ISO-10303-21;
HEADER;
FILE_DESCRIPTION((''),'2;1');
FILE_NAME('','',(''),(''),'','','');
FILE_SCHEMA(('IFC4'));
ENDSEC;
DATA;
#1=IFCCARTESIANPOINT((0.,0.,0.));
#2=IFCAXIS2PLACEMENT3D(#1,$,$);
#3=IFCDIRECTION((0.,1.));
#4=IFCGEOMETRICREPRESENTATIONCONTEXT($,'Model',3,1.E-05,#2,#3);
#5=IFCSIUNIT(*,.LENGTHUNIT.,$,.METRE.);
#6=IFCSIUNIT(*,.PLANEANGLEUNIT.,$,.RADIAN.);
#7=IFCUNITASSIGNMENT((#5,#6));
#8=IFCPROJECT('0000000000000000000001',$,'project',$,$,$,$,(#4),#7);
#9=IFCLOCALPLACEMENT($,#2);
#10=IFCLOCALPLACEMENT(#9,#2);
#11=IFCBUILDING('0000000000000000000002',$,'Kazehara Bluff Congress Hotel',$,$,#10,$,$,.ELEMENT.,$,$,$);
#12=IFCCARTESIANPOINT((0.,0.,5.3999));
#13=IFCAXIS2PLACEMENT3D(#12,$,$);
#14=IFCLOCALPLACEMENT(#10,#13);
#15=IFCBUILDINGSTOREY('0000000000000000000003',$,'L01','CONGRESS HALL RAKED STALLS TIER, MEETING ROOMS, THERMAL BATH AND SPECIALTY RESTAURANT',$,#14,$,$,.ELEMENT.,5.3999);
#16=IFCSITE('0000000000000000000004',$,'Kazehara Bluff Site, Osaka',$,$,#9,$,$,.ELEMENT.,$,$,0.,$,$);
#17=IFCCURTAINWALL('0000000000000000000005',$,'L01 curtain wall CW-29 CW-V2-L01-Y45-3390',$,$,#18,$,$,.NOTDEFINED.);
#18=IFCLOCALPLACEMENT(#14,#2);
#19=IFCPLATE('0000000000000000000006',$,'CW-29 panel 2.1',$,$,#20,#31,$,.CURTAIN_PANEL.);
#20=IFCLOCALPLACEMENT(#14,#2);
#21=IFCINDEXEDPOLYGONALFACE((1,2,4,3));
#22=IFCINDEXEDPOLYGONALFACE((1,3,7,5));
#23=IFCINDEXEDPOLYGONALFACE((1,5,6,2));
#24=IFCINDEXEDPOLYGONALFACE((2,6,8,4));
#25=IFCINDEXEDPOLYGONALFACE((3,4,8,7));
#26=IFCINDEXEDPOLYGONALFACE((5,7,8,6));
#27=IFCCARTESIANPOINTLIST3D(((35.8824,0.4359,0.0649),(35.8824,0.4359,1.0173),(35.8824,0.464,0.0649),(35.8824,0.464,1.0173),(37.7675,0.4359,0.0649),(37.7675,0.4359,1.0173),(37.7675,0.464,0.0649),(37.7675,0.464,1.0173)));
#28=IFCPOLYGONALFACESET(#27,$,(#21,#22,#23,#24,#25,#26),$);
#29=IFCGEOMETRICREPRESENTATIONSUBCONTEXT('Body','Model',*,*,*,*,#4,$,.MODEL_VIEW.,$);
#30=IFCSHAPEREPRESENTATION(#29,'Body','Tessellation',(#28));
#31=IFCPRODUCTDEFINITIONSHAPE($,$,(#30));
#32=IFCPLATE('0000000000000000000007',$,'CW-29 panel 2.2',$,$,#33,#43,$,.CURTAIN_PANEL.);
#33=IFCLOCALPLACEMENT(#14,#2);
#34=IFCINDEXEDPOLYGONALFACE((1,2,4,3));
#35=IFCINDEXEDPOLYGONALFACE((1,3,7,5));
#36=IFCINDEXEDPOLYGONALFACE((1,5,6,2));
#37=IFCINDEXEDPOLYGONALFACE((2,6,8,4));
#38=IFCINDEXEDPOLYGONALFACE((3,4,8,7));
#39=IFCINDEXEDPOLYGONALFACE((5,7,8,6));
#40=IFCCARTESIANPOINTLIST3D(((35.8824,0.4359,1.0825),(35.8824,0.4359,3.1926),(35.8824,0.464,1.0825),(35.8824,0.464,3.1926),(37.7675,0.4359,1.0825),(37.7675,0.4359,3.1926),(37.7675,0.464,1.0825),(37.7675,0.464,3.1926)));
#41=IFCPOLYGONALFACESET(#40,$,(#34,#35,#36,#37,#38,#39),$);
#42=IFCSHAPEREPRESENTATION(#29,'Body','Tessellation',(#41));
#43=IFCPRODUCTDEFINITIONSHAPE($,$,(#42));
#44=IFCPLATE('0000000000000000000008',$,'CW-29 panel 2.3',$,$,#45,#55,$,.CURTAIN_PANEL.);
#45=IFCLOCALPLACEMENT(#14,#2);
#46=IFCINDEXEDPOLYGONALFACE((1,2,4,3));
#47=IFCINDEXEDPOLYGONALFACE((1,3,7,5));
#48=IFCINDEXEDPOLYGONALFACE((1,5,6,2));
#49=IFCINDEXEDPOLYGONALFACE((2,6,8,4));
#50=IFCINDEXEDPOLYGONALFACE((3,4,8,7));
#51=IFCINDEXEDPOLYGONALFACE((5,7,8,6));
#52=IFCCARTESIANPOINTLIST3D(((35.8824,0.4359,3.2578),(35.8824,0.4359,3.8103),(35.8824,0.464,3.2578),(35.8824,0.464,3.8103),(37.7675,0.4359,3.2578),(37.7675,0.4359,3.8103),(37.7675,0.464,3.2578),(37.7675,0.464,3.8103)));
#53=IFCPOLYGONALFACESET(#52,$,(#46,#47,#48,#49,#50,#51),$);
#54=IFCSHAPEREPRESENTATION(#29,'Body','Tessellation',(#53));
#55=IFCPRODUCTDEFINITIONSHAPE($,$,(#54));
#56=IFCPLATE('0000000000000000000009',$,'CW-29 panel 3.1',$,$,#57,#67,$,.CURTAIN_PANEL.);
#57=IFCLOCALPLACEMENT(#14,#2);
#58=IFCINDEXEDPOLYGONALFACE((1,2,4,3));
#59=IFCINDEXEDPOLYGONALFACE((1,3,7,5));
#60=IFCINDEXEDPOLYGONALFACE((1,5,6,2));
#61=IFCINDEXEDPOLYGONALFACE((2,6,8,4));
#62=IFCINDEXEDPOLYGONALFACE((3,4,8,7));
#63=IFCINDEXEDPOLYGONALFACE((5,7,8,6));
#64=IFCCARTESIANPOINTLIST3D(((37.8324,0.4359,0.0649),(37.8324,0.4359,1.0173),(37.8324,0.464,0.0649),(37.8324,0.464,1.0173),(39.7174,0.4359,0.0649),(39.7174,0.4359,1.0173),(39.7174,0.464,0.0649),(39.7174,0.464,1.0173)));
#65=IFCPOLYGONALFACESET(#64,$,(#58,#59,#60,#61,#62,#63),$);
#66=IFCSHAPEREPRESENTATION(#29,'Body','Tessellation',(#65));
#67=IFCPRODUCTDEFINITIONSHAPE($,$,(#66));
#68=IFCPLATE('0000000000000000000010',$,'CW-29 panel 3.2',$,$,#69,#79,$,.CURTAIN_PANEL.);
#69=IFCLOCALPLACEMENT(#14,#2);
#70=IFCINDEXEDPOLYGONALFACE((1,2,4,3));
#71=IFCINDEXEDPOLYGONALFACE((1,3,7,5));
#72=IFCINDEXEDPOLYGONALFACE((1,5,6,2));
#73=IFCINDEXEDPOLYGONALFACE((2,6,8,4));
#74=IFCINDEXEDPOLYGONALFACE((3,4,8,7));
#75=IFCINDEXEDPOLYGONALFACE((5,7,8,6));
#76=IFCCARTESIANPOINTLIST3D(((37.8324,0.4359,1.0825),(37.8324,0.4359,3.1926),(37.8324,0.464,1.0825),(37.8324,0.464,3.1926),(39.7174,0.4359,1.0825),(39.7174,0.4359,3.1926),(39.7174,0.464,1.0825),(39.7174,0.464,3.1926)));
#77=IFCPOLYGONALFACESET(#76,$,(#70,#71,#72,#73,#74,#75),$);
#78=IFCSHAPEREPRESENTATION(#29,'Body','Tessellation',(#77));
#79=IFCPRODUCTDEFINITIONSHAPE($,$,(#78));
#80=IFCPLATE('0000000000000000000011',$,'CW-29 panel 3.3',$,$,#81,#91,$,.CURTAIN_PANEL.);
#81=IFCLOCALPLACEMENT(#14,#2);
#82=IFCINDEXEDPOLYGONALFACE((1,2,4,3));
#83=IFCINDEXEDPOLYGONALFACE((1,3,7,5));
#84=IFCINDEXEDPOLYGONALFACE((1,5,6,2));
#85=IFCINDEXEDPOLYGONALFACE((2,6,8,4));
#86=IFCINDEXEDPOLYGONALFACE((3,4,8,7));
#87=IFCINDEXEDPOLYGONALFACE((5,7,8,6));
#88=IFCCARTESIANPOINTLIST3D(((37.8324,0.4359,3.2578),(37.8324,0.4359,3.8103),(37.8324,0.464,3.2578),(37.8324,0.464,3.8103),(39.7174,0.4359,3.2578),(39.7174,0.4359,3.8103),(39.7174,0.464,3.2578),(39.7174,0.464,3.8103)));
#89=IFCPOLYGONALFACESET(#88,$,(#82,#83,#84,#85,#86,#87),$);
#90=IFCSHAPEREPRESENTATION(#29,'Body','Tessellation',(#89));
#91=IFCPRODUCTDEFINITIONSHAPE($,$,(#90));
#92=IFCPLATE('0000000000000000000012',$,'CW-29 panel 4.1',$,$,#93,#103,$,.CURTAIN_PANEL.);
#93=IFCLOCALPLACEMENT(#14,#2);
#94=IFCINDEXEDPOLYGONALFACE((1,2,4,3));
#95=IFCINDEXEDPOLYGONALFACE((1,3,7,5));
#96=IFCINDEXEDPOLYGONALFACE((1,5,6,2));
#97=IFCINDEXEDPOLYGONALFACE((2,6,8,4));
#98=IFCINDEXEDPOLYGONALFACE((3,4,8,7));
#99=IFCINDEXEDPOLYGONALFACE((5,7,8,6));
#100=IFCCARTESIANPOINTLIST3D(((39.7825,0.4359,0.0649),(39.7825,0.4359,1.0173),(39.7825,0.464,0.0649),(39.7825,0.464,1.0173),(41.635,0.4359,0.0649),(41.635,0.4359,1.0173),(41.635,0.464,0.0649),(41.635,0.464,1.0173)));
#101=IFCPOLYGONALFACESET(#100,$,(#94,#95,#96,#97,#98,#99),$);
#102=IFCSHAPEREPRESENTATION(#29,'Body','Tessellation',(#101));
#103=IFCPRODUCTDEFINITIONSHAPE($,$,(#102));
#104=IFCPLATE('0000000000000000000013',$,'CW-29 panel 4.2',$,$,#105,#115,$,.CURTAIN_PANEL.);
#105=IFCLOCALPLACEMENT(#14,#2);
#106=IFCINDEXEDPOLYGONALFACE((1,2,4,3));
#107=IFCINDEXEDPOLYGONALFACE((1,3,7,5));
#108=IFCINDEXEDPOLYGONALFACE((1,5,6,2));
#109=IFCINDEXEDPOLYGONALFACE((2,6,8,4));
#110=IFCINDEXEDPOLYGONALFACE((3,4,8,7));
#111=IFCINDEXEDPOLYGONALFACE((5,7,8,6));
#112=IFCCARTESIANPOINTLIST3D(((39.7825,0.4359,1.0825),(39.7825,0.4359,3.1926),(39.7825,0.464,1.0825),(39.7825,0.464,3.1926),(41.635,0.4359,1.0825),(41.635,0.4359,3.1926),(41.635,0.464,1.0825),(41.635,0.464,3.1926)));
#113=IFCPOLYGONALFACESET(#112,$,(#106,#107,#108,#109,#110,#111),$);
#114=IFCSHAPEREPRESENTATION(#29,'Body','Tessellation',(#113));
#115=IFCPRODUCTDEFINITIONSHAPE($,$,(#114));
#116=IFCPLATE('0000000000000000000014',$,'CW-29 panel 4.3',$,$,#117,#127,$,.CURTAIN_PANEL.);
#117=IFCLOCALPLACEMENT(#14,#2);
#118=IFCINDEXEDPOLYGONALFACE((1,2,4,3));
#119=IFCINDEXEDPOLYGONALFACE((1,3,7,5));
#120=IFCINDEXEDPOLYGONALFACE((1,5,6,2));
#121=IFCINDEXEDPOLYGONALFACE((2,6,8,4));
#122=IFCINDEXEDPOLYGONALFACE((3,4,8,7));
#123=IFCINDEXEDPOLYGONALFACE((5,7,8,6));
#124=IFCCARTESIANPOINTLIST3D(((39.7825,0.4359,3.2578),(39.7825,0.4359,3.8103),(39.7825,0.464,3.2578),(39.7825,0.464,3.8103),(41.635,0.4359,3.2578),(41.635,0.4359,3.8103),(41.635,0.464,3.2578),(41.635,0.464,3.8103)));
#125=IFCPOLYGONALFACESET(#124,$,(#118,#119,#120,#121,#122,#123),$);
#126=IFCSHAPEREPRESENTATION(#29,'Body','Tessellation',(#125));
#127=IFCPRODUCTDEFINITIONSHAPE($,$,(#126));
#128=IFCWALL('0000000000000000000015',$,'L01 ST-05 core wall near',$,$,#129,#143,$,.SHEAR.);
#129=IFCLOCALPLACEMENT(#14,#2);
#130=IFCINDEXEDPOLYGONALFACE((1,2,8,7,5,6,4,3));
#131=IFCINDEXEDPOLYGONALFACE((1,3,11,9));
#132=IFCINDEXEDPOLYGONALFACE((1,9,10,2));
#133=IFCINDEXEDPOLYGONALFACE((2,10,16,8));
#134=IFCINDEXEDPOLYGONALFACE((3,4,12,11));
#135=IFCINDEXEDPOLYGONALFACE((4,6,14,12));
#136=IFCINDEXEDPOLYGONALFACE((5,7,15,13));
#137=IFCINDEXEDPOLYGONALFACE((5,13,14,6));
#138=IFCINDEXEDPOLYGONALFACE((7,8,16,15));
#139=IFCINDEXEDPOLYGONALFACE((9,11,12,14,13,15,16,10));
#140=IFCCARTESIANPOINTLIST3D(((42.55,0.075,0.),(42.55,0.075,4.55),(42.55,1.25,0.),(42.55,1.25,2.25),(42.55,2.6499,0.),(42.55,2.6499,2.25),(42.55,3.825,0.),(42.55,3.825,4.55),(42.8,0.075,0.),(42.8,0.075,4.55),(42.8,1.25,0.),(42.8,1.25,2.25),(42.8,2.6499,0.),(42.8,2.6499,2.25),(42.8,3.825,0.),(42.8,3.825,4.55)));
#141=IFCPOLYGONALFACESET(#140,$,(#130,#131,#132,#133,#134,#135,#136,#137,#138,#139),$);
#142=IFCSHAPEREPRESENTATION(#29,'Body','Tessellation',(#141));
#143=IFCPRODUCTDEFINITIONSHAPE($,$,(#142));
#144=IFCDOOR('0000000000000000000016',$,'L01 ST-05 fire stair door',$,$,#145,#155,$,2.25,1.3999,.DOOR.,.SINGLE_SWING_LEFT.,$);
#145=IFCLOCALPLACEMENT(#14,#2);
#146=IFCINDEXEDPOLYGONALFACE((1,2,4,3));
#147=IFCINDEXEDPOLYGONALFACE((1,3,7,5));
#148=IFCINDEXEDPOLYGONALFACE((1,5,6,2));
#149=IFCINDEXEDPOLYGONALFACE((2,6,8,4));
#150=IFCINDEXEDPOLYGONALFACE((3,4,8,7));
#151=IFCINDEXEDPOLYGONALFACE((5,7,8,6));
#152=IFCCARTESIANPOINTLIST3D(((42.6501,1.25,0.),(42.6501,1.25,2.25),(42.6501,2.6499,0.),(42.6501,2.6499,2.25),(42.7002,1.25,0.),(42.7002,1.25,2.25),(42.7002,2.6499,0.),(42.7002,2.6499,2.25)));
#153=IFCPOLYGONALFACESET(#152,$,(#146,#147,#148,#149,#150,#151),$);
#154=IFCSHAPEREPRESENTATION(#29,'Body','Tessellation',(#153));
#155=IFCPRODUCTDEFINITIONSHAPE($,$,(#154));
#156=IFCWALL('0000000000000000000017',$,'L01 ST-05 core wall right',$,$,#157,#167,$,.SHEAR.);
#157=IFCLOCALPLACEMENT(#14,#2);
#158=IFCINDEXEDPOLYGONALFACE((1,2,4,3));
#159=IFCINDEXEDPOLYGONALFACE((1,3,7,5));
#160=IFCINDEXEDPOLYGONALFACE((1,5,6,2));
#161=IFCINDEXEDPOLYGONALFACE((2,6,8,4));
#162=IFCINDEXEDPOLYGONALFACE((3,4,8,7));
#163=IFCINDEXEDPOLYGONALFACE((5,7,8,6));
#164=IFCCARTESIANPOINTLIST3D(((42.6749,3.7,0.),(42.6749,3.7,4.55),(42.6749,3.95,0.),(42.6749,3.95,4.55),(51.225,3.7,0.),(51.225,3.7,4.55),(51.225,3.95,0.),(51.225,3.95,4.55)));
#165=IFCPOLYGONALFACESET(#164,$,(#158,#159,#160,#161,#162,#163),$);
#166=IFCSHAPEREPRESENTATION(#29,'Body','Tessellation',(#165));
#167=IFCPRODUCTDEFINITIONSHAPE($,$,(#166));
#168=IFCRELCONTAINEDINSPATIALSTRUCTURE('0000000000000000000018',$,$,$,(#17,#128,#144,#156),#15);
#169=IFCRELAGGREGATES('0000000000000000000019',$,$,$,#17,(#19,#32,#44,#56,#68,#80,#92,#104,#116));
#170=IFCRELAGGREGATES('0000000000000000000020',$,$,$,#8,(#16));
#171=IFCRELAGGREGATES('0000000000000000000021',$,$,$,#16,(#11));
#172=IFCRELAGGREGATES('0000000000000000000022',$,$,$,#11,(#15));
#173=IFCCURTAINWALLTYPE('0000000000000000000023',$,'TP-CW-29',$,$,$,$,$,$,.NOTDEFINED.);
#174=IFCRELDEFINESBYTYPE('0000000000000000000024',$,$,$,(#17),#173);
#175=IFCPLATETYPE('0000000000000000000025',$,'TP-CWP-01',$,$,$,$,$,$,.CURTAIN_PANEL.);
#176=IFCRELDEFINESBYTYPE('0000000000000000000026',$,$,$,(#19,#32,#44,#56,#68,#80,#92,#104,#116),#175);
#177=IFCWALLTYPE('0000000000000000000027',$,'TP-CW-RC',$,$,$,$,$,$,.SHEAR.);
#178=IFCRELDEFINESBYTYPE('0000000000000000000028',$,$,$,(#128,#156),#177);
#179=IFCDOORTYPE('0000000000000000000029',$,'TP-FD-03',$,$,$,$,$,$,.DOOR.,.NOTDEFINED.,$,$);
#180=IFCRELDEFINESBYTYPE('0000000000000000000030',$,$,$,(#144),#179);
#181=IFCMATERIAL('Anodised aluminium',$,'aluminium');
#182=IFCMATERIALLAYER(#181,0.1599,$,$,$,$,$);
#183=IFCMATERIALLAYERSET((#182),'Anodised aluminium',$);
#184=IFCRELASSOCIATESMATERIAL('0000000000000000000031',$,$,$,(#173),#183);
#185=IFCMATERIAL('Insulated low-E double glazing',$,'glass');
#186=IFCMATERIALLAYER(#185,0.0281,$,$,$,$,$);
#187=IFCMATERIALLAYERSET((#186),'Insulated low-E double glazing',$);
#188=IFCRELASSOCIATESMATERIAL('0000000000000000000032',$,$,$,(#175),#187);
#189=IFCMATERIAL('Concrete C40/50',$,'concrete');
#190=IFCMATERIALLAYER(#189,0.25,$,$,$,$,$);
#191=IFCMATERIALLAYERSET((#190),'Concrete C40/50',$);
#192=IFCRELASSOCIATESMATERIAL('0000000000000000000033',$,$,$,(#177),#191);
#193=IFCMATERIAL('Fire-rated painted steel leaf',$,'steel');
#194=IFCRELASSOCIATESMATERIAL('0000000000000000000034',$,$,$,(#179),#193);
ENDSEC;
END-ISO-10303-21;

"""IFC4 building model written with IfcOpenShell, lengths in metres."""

from ifc_helpers import new_model, si_unit, direction, frame, frame_2d, origin, origin_2d, place, context, subcontext, project, spatial, rectangle, extrude, material, layer, layer_set, type_object, element, fill, aggregate, save


model = new_model("IFC4")

# Units and contexts
model_context = context("Model", 3, precision=1e-05, world=origin(), true_north=direction((0.0, 1.0)))
body_context = subcontext(model_context, "Body", "Model", "MODEL_VIEW")
ifc_project = project(units=[si_unit("LENGTHUNIT", "METRE"), si_unit("PLANEANGLEUNIT", "RADIAN")], contexts=[model_context])

# Site, building, storey
site_placement = place(None, origin())
site = spatial("IfcSite", under=ifc_project, at=site_placement, Name="Kazehara Bluff Site, Osaka", CompositionType="ELEMENT", RefElevation=0.0)
building_placement = place(site_placement, origin())
building = spatial("IfcBuilding", under=site, at=building_placement, Name="Kazehara Bluff Congress Hotel", CompositionType="ELEMENT")
storey_placement = place(building_placement, frame((0.0, 0.0, 5.3999)))
storey = spatial("IfcBuildingStorey", under=building, at=storey_placement, Name="L01", Description="CONGRESS HALL RAKED STALLS TIER, MEETING ROOMS, THERMAL BATH AND SPECIALTY RESTAURANT", CompositionType="ELEMENT", Elevation=5.3999)

# Curtain wall
ifc_material_1 = material(Name="Anodised aluminium", Category="aluminium")
ifc_layer_1 = layer(ifc_material_1, 0.1599)
ifc_layer_set_1 = layer_set([ifc_layer_1], Name="Anodised aluminium")
curtain_wall_type = type_object("IfcCurtainWallType", Name="TP-CW-29", PredefinedType="NOTDEFINED", material=ifc_layer_set_1)
curtain_wall_placement = place(storey_placement, origin())
curtain_wall = element("IfcCurtainWall", 1, at=curtain_wall_placement, inside=storey, type_object=curtain_wall_type, Name="L01 curtain wall CW-29 CW-V2-L01-Y45-3390", PredefinedType="NOTDEFINED")

# Plates
ifc_material_2 = material(Name="Insulated low-E double glazing", Category="glass")
ifc_layer_2 = layer(ifc_material_2, 0.0281)
ifc_layer_set_2 = layer_set([ifc_layer_2], Name="Insulated low-E double glazing")
plate_type = type_object("IfcPlateType", Name="TP-CWP-01", PredefinedType="CURTAIN_PANEL", material=ifc_layer_set_2)
plate_1_placement = place(storey_placement, frame((36.825, 0.45, 0.0649), z_axis=(0.0, 0.0, 1.0), x_axis=(1.0, 0.0, 0.0)))
plate_1 = element("IfcPlate", 2, at=plate_1_placement, type_object=plate_type, Name="CW-29 panel 2.1", PredefinedType="CURTAIN_PANEL", context=body_context, shape_type="SweptSolid", body=[
    extrude(rectangle(XDim=1.885, YDim=0.0281, at=origin_2d()), origin(), (0.0, 0.0, 1.0), 0.9524),
])
plate_2_placement = place(storey_placement, frame((36.825, 0.45, 1.0825), z_axis=(0.0, 0.0, 1.0), x_axis=(1.0, 0.0, 0.0)))
plate_2 = element("IfcPlate", 3, at=plate_2_placement, type_object=plate_type, Name="CW-29 panel 2.2", PredefinedType="CURTAIN_PANEL", context=body_context, shape_type="SweptSolid", body=[
    extrude(rectangle(XDim=1.885, YDim=0.0281, at=origin_2d()), origin(), (0.0, 0.0, 1.0), 2.1101),
])
plate_3_placement = place(storey_placement, frame((36.825, 0.45, 3.2578), z_axis=(0.0, 0.0, 1.0), x_axis=(1.0, 0.0, 0.0)))
plate_3 = element("IfcPlate", 4, at=plate_3_placement, type_object=plate_type, Name="CW-29 panel 2.3", PredefinedType="CURTAIN_PANEL", context=body_context, shape_type="SweptSolid", body=[
    extrude(rectangle(XDim=1.885, YDim=0.0281, at=origin_2d()), origin(), (0.0, 0.0, 1.0), 0.5525),
])
plate_4_placement = place(storey_placement, frame((38.7749, 0.45, 0.0649), z_axis=(0.0, 0.0, 1.0), x_axis=(1.0, 0.0, 0.0)))
plate_4 = element("IfcPlate", 5, at=plate_4_placement, type_object=plate_type, Name="CW-29 panel 3.1", PredefinedType="CURTAIN_PANEL", context=body_context, shape_type="SweptSolid", body=[
    extrude(rectangle(XDim=1.885, YDim=0.0281, at=origin_2d()), origin(), (0.0, 0.0, 1.0), 0.9524),
])
plate_5_placement = place(storey_placement, frame((38.7749, 0.45, 1.0825), z_axis=(0.0, 0.0, 1.0), x_axis=(1.0, 0.0, 0.0)))
plate_5 = element("IfcPlate", 6, at=plate_5_placement, type_object=plate_type, Name="CW-29 panel 3.2", PredefinedType="CURTAIN_PANEL", context=body_context, shape_type="SweptSolid", body=[
    extrude(rectangle(XDim=1.885, YDim=0.0281, at=origin_2d()), origin(), (0.0, 0.0, 1.0), 2.1101),
])
plate_6_placement = place(storey_placement, frame((38.7749, 0.45, 3.2578), z_axis=(0.0, 0.0, 1.0), x_axis=(1.0, 0.0, 0.0)))
plate_6 = element("IfcPlate", 7, at=plate_6_placement, type_object=plate_type, Name="CW-29 panel 3.3", PredefinedType="CURTAIN_PANEL", context=body_context, shape_type="SweptSolid", body=[
    extrude(rectangle(XDim=1.885, YDim=0.0281, at=origin_2d()), origin(), (0.0, 0.0, 1.0), 0.5525),
])
plate_7_placement = place(storey_placement, frame((40.7087, 0.45, 0.0649), z_axis=(0.0, 0.0, 1.0), x_axis=(1.0, 0.0, 0.0)))
plate_7 = element("IfcPlate", 8, at=plate_7_placement, type_object=plate_type, Name="CW-29 panel 4.1", PredefinedType="CURTAIN_PANEL", context=body_context, shape_type="SweptSolid", body=[
    extrude(rectangle(XDim=1.8525, YDim=0.0281, at=origin_2d()), origin(), (0.0, 0.0, 1.0), 0.9524),
])
plate_8_placement = place(storey_placement, frame((40.7087, 0.45, 1.0825), z_axis=(0.0, 0.0, 1.0), x_axis=(1.0, 0.0, 0.0)))
plate_8 = element("IfcPlate", 9, at=plate_8_placement, type_object=plate_type, Name="CW-29 panel 4.2", PredefinedType="CURTAIN_PANEL", context=body_context, shape_type="SweptSolid", body=[
    extrude(rectangle(XDim=1.8525, YDim=0.0281, at=origin_2d()), origin(), (0.0, 0.0, 1.0), 2.1101),
])
plate_9_placement = place(storey_placement, frame((40.7087, 0.45, 3.2578), z_axis=(0.0, 0.0, 1.0), x_axis=(1.0, 0.0, 0.0)))
plate_9 = element("IfcPlate", 10, at=plate_9_placement, type_object=plate_type, Name="CW-29 panel 4.3", PredefinedType="CURTAIN_PANEL", context=body_context, shape_type="SweptSolid", body=[
    extrude(rectangle(XDim=1.8525, YDim=0.0281, at=origin_2d()), origin(), (0.0, 0.0, 1.0), 0.5525),
])
aggregate(curtain_wall, [plate_1, plate_2, plate_3, plate_4, plate_5, plate_6, plate_7, plate_8, plate_9])

# Wall, opening, door
ifc_material_3 = material(Name="Concrete C40/50", Category="concrete")
ifc_layer_3 = layer(ifc_material_3, 0.25)
ifc_layer_set_3 = layer_set([ifc_layer_3], Name="Concrete C40/50")
wall_type = type_object("IfcWallType", Name="TP-CW-RC", PredefinedType="SHEAR", material=ifc_layer_set_3)
wall_1_placement = place(storey_placement, frame((42.675, 0.075, 0.0), z_axis=(0.0, 0.0, 1.0), x_axis=(0.0, 1.0, 0.0)))
wall_1 = element("IfcWall", 11, at=wall_1_placement, inside=storey, type_object=wall_type, Name="L01 ST-05 core wall near", PredefinedType="SHEAR", context=body_context, shape_type="SweptSolid", body=[
    extrude(rectangle(XDim=3.75, YDim=0.25, at=frame_2d((1.875, 0.0))), origin(), (0.0, 0.0, 1.0), 4.55),
])
opening_placement = place(wall_1_placement, frame((1.175, 0.0, 0.0)))
opening = element("IfcOpeningElement", 12, at=opening_placement, cuts=wall_1, PredefinedType="OPENING", context=body_context, shape_type="SweptSolid", body=[
    extrude(rectangle(XDim=1.3999, YDim=2.25, at=frame_2d((0.7, 1.125))), frame((0.0, 0.135, 0.0), z_axis=(0.0, -1.0, 0.0), x_axis=(1.0, 0.0, 0.0)), (0.0, 0.0, 1.0), 0.27),
])
ifc_material_4 = material(Name="Fire-rated painted steel leaf", Category="steel")
door_type = type_object("IfcDoorType", Name="TP-FD-03", OperationType="NOTDEFINED", PredefinedType="DOOR", material=ifc_material_4)
door_placement = place(opening_placement, origin())
door = element("IfcDoor", 13, at=door_placement, inside=storey, type_object=door_type, Name="L01 ST-05 fire stair door", OperationType="SINGLE_SWING_LEFT", OverallHeight=2.25, OverallWidth=1.3999, PredefinedType="DOOR", context=body_context, shape_type="SweptSolid", body=[
    extrude(rectangle(XDim=1.3999, YDim=2.25, at=frame_2d((0.7, 1.125))), frame((0.0, 0.0249, 0.0), z_axis=(0.0, -1.0, 0.0), x_axis=(1.0, 0.0, 0.0)), (0.0, 0.0, 1.0), 0.05),
])
fill(opening, door)

# Wall
wall_2_placement = place(storey_placement, frame((42.675, 3.825, 0.0), z_axis=(0.0, 0.0, 1.0), x_axis=(1.0, 0.0, 0.0)))
element("IfcWall", 14, at=wall_2_placement, inside=storey, type_object=wall_type, Name="L01 ST-05 core wall right", PredefinedType="SHEAR", context=body_context, shape_type="SweptSolid", body=[
    extrude(rectangle(XDim=8.55, YDim=0.25, at=frame_2d((4.2749, 0.0))), origin(), (0.0, 0.0, 1.0), 4.55),
])

save(model, "model.ifc")
